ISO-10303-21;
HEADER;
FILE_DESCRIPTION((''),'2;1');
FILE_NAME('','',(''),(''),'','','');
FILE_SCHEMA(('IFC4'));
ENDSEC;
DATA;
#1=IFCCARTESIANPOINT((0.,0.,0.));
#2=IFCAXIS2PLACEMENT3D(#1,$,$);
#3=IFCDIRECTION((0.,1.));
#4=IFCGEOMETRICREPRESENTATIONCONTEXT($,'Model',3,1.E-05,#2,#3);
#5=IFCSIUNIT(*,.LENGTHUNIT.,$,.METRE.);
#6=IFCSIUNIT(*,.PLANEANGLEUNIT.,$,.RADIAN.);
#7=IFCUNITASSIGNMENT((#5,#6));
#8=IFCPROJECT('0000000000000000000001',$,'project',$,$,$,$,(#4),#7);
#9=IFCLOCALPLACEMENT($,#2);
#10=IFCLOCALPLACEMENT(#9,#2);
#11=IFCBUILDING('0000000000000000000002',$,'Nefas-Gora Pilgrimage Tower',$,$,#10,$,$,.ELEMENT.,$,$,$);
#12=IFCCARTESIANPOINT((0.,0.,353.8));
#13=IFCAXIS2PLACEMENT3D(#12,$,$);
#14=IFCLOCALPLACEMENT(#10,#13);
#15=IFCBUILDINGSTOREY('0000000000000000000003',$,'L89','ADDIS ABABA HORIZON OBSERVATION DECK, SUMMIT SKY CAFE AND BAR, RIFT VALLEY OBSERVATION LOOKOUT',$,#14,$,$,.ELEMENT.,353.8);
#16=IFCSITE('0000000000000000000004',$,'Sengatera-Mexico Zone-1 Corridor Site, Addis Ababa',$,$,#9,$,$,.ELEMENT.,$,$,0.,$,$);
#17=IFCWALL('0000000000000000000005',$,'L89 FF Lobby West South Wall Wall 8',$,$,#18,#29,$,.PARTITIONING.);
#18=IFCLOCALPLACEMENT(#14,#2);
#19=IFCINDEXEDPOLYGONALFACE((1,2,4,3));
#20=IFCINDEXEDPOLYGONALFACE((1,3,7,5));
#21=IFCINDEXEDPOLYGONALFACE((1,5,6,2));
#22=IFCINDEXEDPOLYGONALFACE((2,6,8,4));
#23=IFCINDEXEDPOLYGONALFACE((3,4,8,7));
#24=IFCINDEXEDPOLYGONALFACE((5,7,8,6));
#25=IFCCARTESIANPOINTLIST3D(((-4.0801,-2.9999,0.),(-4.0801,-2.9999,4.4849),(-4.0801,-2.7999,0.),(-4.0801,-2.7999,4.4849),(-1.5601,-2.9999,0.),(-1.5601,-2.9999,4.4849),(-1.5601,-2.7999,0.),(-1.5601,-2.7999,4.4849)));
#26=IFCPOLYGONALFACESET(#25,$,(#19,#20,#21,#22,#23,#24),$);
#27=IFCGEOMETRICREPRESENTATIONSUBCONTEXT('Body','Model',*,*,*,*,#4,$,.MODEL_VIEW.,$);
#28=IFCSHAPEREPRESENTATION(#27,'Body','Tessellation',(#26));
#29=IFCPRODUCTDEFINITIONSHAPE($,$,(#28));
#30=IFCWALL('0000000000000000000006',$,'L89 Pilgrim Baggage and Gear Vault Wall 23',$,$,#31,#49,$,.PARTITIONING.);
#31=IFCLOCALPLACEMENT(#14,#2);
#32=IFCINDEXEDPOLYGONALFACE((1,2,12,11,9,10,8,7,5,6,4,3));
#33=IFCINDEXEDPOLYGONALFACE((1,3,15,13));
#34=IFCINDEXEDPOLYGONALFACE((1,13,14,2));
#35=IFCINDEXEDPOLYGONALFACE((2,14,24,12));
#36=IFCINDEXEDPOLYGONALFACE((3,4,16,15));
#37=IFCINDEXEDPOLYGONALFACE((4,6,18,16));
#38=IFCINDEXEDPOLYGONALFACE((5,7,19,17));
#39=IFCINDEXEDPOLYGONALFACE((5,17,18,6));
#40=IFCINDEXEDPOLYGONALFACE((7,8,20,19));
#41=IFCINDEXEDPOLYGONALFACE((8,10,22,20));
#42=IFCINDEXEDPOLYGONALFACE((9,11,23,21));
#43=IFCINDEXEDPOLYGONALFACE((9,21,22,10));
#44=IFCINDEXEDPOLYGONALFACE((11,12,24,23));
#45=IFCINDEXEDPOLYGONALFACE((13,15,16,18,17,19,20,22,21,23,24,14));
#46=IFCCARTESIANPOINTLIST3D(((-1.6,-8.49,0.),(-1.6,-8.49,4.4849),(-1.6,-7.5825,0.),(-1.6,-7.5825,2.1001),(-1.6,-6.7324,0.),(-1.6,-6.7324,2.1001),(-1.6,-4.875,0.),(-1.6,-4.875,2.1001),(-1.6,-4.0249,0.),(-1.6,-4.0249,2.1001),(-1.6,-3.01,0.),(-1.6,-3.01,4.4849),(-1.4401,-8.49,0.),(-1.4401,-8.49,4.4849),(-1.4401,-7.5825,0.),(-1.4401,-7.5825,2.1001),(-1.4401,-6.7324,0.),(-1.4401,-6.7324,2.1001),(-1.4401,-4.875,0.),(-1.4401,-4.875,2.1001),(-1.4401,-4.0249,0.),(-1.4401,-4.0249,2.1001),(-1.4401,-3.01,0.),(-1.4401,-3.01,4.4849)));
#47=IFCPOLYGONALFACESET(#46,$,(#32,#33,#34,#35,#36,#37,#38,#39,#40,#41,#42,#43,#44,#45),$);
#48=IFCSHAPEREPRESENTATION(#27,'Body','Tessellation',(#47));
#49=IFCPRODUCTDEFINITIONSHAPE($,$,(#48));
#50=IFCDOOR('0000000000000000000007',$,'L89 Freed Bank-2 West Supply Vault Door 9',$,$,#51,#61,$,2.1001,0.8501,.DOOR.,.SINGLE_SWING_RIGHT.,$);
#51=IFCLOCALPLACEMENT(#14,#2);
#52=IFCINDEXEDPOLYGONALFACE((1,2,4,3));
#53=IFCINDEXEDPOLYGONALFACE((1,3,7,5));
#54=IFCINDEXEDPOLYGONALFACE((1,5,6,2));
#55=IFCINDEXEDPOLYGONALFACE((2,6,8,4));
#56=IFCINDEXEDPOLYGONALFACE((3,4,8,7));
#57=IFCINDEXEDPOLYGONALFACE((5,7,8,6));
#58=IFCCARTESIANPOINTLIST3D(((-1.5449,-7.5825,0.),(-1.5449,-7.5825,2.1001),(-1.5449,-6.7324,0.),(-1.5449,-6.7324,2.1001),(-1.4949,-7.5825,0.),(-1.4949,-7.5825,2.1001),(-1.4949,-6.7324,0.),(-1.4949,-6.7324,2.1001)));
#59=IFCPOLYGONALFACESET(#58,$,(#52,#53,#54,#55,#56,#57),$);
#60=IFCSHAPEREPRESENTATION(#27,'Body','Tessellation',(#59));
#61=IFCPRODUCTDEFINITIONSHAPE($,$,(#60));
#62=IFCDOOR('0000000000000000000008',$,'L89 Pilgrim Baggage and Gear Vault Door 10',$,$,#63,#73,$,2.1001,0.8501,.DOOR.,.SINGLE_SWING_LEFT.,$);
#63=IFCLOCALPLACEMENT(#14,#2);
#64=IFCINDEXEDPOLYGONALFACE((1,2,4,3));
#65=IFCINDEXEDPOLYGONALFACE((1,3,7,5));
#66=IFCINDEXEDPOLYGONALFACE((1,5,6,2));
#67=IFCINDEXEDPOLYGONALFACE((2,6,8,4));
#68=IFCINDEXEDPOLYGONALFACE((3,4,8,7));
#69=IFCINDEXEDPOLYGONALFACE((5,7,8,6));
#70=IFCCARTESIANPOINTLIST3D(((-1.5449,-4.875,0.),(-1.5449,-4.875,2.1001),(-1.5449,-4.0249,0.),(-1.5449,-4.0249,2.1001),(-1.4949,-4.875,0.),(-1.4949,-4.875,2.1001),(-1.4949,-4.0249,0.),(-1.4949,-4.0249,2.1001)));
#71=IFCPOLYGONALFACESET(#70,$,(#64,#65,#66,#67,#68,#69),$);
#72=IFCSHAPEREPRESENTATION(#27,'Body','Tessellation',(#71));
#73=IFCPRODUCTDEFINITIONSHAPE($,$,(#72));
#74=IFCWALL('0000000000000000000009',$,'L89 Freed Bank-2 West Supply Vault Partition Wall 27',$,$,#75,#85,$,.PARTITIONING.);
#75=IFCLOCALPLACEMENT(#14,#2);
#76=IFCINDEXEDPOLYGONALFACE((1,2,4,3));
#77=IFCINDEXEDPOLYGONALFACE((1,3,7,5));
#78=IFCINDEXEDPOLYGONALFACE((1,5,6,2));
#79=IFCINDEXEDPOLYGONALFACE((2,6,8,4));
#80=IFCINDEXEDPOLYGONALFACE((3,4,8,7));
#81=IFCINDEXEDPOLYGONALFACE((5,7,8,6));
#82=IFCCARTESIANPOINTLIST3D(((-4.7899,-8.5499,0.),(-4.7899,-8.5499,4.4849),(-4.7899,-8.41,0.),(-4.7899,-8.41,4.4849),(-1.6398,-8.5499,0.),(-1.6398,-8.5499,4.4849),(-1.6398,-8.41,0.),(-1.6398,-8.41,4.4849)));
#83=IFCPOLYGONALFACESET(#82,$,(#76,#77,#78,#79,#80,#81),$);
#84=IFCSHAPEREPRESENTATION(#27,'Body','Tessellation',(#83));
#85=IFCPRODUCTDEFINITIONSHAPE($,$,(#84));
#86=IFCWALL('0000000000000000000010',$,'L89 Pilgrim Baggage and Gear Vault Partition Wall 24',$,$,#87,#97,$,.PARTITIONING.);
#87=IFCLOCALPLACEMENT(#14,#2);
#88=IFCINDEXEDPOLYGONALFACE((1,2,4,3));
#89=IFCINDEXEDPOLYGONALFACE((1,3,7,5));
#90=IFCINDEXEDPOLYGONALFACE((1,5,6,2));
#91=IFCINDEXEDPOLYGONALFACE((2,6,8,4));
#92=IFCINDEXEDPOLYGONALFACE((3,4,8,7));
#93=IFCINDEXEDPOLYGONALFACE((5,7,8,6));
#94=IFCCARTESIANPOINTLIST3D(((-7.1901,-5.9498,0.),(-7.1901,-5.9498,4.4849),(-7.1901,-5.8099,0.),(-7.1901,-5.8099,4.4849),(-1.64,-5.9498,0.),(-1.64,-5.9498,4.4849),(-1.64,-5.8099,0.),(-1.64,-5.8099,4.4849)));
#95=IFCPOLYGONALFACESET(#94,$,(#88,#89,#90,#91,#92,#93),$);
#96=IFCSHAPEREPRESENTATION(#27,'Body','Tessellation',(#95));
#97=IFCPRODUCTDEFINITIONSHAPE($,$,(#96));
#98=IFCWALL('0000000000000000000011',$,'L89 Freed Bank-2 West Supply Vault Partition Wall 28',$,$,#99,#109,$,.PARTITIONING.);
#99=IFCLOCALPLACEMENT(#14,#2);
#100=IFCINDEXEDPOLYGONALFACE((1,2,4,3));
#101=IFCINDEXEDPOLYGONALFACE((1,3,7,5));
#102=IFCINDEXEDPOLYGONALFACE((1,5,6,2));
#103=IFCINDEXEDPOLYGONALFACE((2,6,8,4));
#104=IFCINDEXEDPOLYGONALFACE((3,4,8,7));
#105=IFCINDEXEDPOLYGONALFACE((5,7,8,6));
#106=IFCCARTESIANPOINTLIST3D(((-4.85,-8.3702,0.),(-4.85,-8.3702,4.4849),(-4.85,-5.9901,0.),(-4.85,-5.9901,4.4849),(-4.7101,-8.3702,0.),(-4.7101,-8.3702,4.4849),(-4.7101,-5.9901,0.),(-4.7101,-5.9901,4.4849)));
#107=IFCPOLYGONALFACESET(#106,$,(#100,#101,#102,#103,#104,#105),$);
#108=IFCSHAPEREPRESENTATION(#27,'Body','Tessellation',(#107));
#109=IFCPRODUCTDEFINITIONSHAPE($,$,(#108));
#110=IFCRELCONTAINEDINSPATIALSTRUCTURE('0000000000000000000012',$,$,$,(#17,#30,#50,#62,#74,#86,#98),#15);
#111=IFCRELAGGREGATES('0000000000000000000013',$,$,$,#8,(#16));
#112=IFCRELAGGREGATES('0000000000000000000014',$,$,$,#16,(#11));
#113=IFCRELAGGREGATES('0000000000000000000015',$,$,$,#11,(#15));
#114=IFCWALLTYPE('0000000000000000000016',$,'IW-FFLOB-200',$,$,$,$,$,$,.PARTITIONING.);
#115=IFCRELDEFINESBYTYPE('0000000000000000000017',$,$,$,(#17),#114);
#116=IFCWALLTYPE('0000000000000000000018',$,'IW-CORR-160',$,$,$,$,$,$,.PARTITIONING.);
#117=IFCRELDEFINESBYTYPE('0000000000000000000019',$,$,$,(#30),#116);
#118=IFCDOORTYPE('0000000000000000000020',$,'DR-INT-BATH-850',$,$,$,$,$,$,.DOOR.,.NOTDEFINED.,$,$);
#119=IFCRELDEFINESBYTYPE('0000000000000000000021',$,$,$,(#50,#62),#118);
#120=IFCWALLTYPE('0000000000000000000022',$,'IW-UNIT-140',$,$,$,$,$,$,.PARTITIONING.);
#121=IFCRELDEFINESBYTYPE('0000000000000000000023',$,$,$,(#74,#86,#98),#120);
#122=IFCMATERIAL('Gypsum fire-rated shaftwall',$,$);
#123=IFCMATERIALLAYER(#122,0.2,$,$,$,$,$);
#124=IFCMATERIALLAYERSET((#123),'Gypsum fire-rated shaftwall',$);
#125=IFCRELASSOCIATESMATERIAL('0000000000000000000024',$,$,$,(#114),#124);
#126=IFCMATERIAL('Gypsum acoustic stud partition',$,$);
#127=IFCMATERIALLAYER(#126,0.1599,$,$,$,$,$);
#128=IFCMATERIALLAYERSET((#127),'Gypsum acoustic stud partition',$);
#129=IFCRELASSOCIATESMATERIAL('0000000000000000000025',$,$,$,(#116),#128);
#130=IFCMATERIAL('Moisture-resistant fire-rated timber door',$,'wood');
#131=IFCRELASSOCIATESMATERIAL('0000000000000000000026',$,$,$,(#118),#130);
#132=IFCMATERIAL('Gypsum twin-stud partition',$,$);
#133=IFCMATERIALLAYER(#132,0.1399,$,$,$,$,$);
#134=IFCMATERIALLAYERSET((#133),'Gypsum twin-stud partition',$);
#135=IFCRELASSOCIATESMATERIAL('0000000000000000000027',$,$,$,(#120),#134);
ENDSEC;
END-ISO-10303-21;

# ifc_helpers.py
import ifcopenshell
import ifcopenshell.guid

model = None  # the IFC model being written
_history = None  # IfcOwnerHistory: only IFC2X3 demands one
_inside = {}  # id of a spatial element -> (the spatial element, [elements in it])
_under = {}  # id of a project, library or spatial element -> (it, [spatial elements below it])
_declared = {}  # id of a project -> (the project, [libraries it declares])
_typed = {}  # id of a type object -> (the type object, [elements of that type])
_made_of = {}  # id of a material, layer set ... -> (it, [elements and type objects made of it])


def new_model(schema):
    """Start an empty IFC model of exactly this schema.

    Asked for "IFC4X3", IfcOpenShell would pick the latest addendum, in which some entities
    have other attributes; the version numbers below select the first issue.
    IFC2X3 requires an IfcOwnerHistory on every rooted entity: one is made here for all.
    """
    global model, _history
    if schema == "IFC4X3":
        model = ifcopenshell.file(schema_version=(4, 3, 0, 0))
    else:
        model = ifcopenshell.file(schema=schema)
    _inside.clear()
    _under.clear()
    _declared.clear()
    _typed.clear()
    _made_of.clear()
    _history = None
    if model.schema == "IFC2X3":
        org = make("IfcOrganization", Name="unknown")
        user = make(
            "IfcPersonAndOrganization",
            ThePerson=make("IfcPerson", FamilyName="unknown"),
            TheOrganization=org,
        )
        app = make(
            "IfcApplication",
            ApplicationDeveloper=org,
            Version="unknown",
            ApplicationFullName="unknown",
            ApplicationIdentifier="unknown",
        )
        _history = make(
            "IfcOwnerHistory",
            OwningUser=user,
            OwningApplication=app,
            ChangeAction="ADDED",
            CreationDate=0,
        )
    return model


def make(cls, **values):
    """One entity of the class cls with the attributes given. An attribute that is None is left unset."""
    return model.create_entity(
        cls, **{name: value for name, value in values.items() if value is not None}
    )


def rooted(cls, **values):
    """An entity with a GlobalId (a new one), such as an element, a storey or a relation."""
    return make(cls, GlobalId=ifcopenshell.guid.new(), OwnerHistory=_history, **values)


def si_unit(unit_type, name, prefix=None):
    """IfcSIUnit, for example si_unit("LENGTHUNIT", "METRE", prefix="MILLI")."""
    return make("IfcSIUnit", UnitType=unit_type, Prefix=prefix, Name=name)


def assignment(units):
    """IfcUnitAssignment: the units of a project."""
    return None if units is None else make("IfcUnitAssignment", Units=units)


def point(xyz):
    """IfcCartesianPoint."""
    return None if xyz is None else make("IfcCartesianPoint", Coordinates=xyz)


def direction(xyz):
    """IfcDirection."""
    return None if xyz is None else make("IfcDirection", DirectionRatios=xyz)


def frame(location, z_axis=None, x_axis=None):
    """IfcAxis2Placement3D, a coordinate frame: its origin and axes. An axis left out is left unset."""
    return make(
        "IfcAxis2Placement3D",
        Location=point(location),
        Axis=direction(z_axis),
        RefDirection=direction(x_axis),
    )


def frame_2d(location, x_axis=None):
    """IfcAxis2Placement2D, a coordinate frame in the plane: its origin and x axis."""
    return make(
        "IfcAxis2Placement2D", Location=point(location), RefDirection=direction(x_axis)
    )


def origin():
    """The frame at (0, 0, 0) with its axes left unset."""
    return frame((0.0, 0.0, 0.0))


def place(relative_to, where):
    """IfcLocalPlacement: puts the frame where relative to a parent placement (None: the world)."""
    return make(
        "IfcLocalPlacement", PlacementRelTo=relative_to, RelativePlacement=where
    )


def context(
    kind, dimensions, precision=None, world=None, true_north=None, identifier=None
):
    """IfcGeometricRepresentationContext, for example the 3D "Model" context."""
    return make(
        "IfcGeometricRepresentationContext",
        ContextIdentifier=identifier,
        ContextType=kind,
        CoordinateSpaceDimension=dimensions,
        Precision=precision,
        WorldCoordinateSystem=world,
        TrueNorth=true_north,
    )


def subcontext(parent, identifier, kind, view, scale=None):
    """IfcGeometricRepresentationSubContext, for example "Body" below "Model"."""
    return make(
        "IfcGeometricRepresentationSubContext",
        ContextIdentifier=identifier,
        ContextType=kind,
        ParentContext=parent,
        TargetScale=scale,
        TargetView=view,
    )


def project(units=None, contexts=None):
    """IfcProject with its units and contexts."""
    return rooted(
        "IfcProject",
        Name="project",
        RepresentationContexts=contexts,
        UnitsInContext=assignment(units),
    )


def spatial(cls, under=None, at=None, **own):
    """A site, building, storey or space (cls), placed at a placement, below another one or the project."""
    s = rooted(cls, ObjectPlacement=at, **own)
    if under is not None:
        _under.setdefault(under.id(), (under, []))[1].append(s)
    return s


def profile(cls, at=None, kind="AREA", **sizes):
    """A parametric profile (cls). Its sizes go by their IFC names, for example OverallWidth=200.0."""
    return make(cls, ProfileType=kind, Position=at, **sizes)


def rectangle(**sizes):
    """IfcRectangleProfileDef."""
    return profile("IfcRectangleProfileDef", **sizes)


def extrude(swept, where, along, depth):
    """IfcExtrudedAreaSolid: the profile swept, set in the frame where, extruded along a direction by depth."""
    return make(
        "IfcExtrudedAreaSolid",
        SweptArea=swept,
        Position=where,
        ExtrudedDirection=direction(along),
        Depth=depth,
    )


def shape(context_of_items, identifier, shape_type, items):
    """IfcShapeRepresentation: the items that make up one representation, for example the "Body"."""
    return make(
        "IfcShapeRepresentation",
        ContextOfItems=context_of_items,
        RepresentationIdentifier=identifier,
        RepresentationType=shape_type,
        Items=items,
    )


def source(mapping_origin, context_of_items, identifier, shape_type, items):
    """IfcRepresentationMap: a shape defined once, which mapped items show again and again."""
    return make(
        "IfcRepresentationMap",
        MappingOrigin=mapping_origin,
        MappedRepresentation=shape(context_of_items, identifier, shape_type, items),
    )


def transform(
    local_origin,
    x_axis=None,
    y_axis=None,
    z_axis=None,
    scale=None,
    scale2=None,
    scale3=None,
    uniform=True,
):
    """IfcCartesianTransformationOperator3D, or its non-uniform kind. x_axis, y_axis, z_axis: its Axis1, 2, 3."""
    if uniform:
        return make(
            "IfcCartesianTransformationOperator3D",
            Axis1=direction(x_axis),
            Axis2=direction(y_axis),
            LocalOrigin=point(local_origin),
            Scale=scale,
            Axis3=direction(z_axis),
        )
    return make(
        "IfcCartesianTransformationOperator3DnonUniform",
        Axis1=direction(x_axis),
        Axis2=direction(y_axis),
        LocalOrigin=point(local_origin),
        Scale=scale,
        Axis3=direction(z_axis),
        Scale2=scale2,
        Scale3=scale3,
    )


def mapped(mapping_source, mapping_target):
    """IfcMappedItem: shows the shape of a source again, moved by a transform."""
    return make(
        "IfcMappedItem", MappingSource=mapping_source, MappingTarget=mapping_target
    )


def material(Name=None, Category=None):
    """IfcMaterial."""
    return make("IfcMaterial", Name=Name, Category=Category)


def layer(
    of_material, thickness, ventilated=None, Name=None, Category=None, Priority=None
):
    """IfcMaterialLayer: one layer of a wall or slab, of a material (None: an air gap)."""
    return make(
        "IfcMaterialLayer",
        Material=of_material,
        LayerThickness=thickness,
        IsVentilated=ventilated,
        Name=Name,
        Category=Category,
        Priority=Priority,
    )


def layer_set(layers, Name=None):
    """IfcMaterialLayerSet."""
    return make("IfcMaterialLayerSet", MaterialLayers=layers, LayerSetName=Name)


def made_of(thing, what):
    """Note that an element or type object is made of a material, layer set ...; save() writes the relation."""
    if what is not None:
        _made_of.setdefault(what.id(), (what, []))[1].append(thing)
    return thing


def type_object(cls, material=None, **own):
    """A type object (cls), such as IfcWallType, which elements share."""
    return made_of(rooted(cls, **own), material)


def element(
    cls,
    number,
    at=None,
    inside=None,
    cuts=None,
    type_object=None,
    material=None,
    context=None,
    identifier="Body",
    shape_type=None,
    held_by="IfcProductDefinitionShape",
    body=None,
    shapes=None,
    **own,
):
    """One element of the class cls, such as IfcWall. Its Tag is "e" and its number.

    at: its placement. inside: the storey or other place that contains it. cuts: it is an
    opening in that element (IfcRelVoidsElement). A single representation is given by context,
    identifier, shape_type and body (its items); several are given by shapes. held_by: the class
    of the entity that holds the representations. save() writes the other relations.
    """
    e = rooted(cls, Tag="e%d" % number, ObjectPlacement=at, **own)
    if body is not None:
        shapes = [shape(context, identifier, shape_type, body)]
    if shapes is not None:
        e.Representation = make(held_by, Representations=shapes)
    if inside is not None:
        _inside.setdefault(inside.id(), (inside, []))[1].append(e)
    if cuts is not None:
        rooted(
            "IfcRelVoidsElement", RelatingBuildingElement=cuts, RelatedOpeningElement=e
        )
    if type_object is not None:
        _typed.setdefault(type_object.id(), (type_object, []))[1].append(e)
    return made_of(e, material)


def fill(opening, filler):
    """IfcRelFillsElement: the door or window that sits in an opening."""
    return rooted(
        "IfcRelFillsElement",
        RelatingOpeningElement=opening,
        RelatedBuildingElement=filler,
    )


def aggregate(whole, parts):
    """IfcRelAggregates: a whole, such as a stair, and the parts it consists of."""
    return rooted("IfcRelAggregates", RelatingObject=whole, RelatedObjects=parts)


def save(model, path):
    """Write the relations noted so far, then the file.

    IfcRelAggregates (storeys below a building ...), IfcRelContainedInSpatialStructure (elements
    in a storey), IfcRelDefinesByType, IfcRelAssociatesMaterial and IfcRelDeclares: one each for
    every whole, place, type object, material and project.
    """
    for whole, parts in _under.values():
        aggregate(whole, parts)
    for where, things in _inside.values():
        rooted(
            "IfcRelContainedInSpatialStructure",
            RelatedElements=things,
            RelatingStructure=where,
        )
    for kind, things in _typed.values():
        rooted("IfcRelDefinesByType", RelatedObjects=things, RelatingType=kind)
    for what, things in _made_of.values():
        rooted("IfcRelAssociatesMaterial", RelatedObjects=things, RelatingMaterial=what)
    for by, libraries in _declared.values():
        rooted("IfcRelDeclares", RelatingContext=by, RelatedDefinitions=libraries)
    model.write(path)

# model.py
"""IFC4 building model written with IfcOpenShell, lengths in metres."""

from ifc_helpers import new_model, si_unit, direction, frame, frame_2d, origin, place, context, subcontext, project, spatial, rectangle, extrude, source, transform, mapped, material, layer, layer_set, type_object, element, fill, save


model = new_model("IFC4")

# Units and contexts
model_context = context("Model", 3, precision=1e-05, world=origin(), true_north=direction((0.0, 1.0)))
body_context = subcontext(model_context, "Body", "Model", "MODEL_VIEW")
ifc_project = project(units=[si_unit("LENGTHUNIT", "METRE"), si_unit("PLANEANGLEUNIT", "RADIAN")], contexts=[model_context])

# Site, building, storey
site_placement = place(None, origin())
site = spatial("IfcSite", under=ifc_project, at=site_placement, Name="Sengatera-Mexico Zone-1 Corridor Site, Addis Ababa", CompositionType="ELEMENT", RefElevation=0.0)
building_placement = place(site_placement, origin())
building = spatial("IfcBuilding", under=site, at=building_placement, Name="Nefas-Gora Pilgrimage Tower", CompositionType="ELEMENT")
storey_placement = place(building_placement, frame((0.0, 0.0, 353.8)))
storey = spatial("IfcBuildingStorey", under=building, at=storey_placement, Name="L89", Description="ADDIS ABABA HORIZON OBSERVATION DECK, SUMMIT SKY CAFE AND BAR, RIFT VALLEY OBSERVATION LOOKOUT", CompositionType="ELEMENT", Elevation=353.8)

# Wall
ifc_material_1 = material(Name="Gypsum fire-rated shaftwall")
ifc_layer_1 = layer(ifc_material_1, 0.2)
ifc_layer_set_1 = layer_set([ifc_layer_1], Name="Gypsum fire-rated shaftwall")
wall_type_1 = type_object("IfcWallType", Name="IW-FFLOB-200", PredefinedType="PARTITIONING", material=ifc_layer_set_1)
shared_shape_1 = source(origin(), body_context, "Body", "SweptSolid", [
    extrude(rectangle(XDim=2.52, YDim=0.2, at=frame_2d((1.26, 0.0))), origin(), (0.0, 0.0, 1.0), 4.4849),
])
wall_1_placement = place(storey_placement, frame((-4.0801, -2.8999, 0.0), z_axis=(0.0, 0.0, 1.0), x_axis=(1.0, 0.0, 0.0)))
element("IfcWall", 1, at=wall_1_placement, inside=storey, type_object=wall_type_1, Name="L89 FF Lobby West South Wall Wall 8", PredefinedType="PARTITIONING", context=body_context, shape_type="MappedRepresentation", body=[
    mapped(shared_shape_1, transform((0.0, 0.0, 0.0), x_axis=(1.0, 0.0, 0.0), y_axis=(0.0, 1.0, 0.0), z_axis=(0.0, 0.0, 1.0), scale=1.0)),
])

# Wall, openings, doors
ifc_material_2 = material(Name="Gypsum acoustic stud partition")
ifc_layer_2 = layer(ifc_material_2, 0.1599)
ifc_layer_set_2 = layer_set([ifc_layer_2], Name="Gypsum acoustic stud partition")
wall_type_2 = type_object("IfcWallType", Name="IW-CORR-160", PredefinedType="PARTITIONING", material=ifc_layer_set_2)
shared_shape_2 = source(origin(), body_context, "Body", "SweptSolid", [
    extrude(rectangle(XDim=5.48, YDim=0.1599, at=frame_2d((2.74, 0.0))), origin(), (0.0, 0.0, 1.0), 4.4849),
])
wall_2_placement = place(storey_placement, frame((-1.52, -8.49, 0.0), z_axis=(0.0, 0.0, 1.0), x_axis=(0.0, 1.0, 0.0)))
wall_2 = element("IfcWall", 2, at=wall_2_placement, inside=storey, type_object=wall_type_2, Name="L89 Pilgrim Baggage and Gear Vault Wall 23", PredefinedType="PARTITIONING", context=body_context, shape_type="MappedRepresentation", body=[
    mapped(shared_shape_2, transform((0.0, 0.0, 0.0), x_axis=(1.0, 0.0, 0.0), y_axis=(0.0, 1.0, 0.0), z_axis=(0.0, 0.0, 1.0), scale=1.0)),
])
opening_1_placement = place(wall_2_placement, frame((0.9075, 0.0, 0.0)))
opening_1 = element("IfcOpeningElement", 3, at=opening_1_placement, cuts=wall_2, PredefinedType="OPENING", context=body_context, shape_type="SweptSolid", body=[
    extrude(rectangle(XDim=0.8501, YDim=2.1001, at=frame_2d((0.425, 1.05))), frame((0.0, 0.0898, 0.0), z_axis=(0.0, -1.0, 0.0), x_axis=(1.0, 0.0, 0.0)), (0.0, 0.0, 1.0), 0.1799),
])
opening_2_placement = place(wall_2_placement, frame((3.615, 0.0, 0.0)))
opening_2 = element("IfcOpeningElement", 4, at=opening_2_placement, cuts=wall_2, PredefinedType="OPENING", context=body_context, shape_type="SweptSolid", body=[
    extrude(rectangle(XDim=0.8501, YDim=2.1001, at=frame_2d((0.425, 1.05))), frame((0.0, 0.0898, 0.0), z_axis=(0.0, -1.0, 0.0), x_axis=(1.0, 0.0, 0.0)), (0.0, 0.0, 1.0), 0.1799),
])
ifc_material_3 = material(Name="Moisture-resistant fire-rated timber door", Category="wood")
door_type_1 = type_object("IfcDoorType", Name="DR-INT-BATH-850", OperationType="NOTDEFINED", PredefinedType="DOOR", material=ifc_material_3)
shared_shape_3 = source(origin(), body_context, "Body", "SweptSolid", [
    extrude(rectangle(XDim=0.8501, YDim=2.1001, at=frame_2d((0.425, 1.05))), frame((0.0, 0.0249, 0.0), z_axis=(0.0, -1.0, 0.0), x_axis=(1.0, 0.0, 0.0)), (0.0, 0.0, 1.0), 0.05),
])
door_1_placement = place(opening_1_placement, origin())
door_1 = element("IfcDoor", 5, at=door_1_placement, inside=storey, type_object=door_type_1, Name="L89 Freed Bank-2 West Supply Vault Door 9", OperationType="SINGLE_SWING_RIGHT", OverallHeight=2.1001, OverallWidth=0.8501, PredefinedType="DOOR", context=body_context, shape_type="MappedRepresentation", body=[
    mapped(shared_shape_3, transform((0.0, 0.0, 0.0), x_axis=(1.0, 0.0, 0.0), y_axis=(0.0, 1.0, 0.0), z_axis=(0.0, 0.0, 1.0), scale=1.0)),
])
fill(opening_1, door_1)
door_2_placement = place(opening_2_placement, origin())
door_2 = element("IfcDoor", 6, at=door_2_placement, inside=storey, type_object=door_type_1, Name="L89 Pilgrim Baggage and Gear Vault Door 10", OperationType="SINGLE_SWING_LEFT", OverallHeight=2.1001, OverallWidth=0.8501, PredefinedType="DOOR", context=body_context, shape_type="MappedRepresentation", body=[
    mapped(shared_shape_3, transform((0.0, 0.0, 0.0), x_axis=(1.0, 0.0, 0.0), y_axis=(0.0, 1.0, 0.0), z_axis=(0.0, 0.0, 1.0), scale=1.0)),
])
fill(opening_2, door_2)

# Walls
ifc_material_4 = material(Name="Gypsum twin-stud partition")
ifc_layer_3 = layer(ifc_material_4, 0.1399)
ifc_layer_set_3 = layer_set([ifc_layer_3], Name="Gypsum twin-stud partition")
wall_type_3 = type_object("IfcWallType", Name="IW-UNIT-140", PredefinedType="PARTITIONING", material=ifc_layer_set_3)
shared_shape_4 = source(origin(), body_context, "Body", "SweptSolid", [
    extrude(rectangle(XDim=3.1501, YDim=0.1399, at=frame_2d((1.5752, 0.0))), origin(), (0.0, 0.0, 1.0), 4.4849),
])
wall_3_placement = place(storey_placement, frame((-4.79, -8.48, 0.0), z_axis=(0.0, 0.0, 1.0), x_axis=(1.0, 0.0, 0.0)))
element("IfcWall", 7, at=wall_3_placement, inside=storey, type_object=wall_type_3, Name="L89 Freed Bank-2 West Supply Vault Partition Wall 27", PredefinedType="PARTITIONING", context=body_context, shape_type="MappedRepresentation", body=[
    mapped(shared_shape_4, transform((0.0, 0.0, 0.0), x_axis=(1.0, 0.0, 0.0), y_axis=(0.0, 1.0, 0.0), z_axis=(0.0, 0.0, 1.0), scale=1.0)),
])
shared_shape_5 = source(origin(), body_context, "Body", "SweptSolid", [
    extrude(rectangle(XDim=5.55, YDim=0.1399, at=frame_2d((2.7749, 0.0))), origin(), (0.0, 0.0, 1.0), 4.4849),
])
wall_4_placement = place(storey_placement, frame((-7.1899, -5.8799, 0.0), z_axis=(0.0, 0.0, 1.0), x_axis=(1.0, 0.0, 0.0)))
element("IfcWall", 8, at=wall_4_placement, inside=storey, type_object=wall_type_3, Name="L89 Pilgrim Baggage and Gear Vault Partition Wall 24", PredefinedType="PARTITIONING", context=body_context, shape_type="MappedRepresentation", body=[
    mapped(shared_shape_5, transform((0.0, 0.0, 0.0), x_axis=(1.0, 0.0, 0.0), y_axis=(0.0, 1.0, 0.0), z_axis=(0.0, 0.0, 1.0), scale=1.0)),
])
shared_shape_6 = source(origin(), body_context, "Body", "SweptSolid", [
    extrude(rectangle(XDim=2.3801, YDim=0.1399, at=frame_2d((1.1899, 0.0))), origin(), (0.0, 0.0, 1.0), 4.4849),
])
wall_5_placement = place(storey_placement, frame((-4.78, -8.3701, 0.0), z_axis=(0.0, 0.0, 1.0), x_axis=(0.0, 1.0, 0.0)))
element("IfcWall", 9, at=wall_5_placement, inside=storey, type_object=wall_type_3, Name="L89 Freed Bank-2 West Supply Vault Partition Wall 28", PredefinedType="PARTITIONING", context=body_context, shape_type="MappedRepresentation", body=[
    mapped(shared_shape_6, transform((0.0, 0.0, 0.0), x_axis=(1.0, 0.0, 0.0), y_axis=(0.0, 1.0, 0.0), z_axis=(0.0, 0.0, 1.0), scale=1.0)),
])

save(model, "model.ifc")
